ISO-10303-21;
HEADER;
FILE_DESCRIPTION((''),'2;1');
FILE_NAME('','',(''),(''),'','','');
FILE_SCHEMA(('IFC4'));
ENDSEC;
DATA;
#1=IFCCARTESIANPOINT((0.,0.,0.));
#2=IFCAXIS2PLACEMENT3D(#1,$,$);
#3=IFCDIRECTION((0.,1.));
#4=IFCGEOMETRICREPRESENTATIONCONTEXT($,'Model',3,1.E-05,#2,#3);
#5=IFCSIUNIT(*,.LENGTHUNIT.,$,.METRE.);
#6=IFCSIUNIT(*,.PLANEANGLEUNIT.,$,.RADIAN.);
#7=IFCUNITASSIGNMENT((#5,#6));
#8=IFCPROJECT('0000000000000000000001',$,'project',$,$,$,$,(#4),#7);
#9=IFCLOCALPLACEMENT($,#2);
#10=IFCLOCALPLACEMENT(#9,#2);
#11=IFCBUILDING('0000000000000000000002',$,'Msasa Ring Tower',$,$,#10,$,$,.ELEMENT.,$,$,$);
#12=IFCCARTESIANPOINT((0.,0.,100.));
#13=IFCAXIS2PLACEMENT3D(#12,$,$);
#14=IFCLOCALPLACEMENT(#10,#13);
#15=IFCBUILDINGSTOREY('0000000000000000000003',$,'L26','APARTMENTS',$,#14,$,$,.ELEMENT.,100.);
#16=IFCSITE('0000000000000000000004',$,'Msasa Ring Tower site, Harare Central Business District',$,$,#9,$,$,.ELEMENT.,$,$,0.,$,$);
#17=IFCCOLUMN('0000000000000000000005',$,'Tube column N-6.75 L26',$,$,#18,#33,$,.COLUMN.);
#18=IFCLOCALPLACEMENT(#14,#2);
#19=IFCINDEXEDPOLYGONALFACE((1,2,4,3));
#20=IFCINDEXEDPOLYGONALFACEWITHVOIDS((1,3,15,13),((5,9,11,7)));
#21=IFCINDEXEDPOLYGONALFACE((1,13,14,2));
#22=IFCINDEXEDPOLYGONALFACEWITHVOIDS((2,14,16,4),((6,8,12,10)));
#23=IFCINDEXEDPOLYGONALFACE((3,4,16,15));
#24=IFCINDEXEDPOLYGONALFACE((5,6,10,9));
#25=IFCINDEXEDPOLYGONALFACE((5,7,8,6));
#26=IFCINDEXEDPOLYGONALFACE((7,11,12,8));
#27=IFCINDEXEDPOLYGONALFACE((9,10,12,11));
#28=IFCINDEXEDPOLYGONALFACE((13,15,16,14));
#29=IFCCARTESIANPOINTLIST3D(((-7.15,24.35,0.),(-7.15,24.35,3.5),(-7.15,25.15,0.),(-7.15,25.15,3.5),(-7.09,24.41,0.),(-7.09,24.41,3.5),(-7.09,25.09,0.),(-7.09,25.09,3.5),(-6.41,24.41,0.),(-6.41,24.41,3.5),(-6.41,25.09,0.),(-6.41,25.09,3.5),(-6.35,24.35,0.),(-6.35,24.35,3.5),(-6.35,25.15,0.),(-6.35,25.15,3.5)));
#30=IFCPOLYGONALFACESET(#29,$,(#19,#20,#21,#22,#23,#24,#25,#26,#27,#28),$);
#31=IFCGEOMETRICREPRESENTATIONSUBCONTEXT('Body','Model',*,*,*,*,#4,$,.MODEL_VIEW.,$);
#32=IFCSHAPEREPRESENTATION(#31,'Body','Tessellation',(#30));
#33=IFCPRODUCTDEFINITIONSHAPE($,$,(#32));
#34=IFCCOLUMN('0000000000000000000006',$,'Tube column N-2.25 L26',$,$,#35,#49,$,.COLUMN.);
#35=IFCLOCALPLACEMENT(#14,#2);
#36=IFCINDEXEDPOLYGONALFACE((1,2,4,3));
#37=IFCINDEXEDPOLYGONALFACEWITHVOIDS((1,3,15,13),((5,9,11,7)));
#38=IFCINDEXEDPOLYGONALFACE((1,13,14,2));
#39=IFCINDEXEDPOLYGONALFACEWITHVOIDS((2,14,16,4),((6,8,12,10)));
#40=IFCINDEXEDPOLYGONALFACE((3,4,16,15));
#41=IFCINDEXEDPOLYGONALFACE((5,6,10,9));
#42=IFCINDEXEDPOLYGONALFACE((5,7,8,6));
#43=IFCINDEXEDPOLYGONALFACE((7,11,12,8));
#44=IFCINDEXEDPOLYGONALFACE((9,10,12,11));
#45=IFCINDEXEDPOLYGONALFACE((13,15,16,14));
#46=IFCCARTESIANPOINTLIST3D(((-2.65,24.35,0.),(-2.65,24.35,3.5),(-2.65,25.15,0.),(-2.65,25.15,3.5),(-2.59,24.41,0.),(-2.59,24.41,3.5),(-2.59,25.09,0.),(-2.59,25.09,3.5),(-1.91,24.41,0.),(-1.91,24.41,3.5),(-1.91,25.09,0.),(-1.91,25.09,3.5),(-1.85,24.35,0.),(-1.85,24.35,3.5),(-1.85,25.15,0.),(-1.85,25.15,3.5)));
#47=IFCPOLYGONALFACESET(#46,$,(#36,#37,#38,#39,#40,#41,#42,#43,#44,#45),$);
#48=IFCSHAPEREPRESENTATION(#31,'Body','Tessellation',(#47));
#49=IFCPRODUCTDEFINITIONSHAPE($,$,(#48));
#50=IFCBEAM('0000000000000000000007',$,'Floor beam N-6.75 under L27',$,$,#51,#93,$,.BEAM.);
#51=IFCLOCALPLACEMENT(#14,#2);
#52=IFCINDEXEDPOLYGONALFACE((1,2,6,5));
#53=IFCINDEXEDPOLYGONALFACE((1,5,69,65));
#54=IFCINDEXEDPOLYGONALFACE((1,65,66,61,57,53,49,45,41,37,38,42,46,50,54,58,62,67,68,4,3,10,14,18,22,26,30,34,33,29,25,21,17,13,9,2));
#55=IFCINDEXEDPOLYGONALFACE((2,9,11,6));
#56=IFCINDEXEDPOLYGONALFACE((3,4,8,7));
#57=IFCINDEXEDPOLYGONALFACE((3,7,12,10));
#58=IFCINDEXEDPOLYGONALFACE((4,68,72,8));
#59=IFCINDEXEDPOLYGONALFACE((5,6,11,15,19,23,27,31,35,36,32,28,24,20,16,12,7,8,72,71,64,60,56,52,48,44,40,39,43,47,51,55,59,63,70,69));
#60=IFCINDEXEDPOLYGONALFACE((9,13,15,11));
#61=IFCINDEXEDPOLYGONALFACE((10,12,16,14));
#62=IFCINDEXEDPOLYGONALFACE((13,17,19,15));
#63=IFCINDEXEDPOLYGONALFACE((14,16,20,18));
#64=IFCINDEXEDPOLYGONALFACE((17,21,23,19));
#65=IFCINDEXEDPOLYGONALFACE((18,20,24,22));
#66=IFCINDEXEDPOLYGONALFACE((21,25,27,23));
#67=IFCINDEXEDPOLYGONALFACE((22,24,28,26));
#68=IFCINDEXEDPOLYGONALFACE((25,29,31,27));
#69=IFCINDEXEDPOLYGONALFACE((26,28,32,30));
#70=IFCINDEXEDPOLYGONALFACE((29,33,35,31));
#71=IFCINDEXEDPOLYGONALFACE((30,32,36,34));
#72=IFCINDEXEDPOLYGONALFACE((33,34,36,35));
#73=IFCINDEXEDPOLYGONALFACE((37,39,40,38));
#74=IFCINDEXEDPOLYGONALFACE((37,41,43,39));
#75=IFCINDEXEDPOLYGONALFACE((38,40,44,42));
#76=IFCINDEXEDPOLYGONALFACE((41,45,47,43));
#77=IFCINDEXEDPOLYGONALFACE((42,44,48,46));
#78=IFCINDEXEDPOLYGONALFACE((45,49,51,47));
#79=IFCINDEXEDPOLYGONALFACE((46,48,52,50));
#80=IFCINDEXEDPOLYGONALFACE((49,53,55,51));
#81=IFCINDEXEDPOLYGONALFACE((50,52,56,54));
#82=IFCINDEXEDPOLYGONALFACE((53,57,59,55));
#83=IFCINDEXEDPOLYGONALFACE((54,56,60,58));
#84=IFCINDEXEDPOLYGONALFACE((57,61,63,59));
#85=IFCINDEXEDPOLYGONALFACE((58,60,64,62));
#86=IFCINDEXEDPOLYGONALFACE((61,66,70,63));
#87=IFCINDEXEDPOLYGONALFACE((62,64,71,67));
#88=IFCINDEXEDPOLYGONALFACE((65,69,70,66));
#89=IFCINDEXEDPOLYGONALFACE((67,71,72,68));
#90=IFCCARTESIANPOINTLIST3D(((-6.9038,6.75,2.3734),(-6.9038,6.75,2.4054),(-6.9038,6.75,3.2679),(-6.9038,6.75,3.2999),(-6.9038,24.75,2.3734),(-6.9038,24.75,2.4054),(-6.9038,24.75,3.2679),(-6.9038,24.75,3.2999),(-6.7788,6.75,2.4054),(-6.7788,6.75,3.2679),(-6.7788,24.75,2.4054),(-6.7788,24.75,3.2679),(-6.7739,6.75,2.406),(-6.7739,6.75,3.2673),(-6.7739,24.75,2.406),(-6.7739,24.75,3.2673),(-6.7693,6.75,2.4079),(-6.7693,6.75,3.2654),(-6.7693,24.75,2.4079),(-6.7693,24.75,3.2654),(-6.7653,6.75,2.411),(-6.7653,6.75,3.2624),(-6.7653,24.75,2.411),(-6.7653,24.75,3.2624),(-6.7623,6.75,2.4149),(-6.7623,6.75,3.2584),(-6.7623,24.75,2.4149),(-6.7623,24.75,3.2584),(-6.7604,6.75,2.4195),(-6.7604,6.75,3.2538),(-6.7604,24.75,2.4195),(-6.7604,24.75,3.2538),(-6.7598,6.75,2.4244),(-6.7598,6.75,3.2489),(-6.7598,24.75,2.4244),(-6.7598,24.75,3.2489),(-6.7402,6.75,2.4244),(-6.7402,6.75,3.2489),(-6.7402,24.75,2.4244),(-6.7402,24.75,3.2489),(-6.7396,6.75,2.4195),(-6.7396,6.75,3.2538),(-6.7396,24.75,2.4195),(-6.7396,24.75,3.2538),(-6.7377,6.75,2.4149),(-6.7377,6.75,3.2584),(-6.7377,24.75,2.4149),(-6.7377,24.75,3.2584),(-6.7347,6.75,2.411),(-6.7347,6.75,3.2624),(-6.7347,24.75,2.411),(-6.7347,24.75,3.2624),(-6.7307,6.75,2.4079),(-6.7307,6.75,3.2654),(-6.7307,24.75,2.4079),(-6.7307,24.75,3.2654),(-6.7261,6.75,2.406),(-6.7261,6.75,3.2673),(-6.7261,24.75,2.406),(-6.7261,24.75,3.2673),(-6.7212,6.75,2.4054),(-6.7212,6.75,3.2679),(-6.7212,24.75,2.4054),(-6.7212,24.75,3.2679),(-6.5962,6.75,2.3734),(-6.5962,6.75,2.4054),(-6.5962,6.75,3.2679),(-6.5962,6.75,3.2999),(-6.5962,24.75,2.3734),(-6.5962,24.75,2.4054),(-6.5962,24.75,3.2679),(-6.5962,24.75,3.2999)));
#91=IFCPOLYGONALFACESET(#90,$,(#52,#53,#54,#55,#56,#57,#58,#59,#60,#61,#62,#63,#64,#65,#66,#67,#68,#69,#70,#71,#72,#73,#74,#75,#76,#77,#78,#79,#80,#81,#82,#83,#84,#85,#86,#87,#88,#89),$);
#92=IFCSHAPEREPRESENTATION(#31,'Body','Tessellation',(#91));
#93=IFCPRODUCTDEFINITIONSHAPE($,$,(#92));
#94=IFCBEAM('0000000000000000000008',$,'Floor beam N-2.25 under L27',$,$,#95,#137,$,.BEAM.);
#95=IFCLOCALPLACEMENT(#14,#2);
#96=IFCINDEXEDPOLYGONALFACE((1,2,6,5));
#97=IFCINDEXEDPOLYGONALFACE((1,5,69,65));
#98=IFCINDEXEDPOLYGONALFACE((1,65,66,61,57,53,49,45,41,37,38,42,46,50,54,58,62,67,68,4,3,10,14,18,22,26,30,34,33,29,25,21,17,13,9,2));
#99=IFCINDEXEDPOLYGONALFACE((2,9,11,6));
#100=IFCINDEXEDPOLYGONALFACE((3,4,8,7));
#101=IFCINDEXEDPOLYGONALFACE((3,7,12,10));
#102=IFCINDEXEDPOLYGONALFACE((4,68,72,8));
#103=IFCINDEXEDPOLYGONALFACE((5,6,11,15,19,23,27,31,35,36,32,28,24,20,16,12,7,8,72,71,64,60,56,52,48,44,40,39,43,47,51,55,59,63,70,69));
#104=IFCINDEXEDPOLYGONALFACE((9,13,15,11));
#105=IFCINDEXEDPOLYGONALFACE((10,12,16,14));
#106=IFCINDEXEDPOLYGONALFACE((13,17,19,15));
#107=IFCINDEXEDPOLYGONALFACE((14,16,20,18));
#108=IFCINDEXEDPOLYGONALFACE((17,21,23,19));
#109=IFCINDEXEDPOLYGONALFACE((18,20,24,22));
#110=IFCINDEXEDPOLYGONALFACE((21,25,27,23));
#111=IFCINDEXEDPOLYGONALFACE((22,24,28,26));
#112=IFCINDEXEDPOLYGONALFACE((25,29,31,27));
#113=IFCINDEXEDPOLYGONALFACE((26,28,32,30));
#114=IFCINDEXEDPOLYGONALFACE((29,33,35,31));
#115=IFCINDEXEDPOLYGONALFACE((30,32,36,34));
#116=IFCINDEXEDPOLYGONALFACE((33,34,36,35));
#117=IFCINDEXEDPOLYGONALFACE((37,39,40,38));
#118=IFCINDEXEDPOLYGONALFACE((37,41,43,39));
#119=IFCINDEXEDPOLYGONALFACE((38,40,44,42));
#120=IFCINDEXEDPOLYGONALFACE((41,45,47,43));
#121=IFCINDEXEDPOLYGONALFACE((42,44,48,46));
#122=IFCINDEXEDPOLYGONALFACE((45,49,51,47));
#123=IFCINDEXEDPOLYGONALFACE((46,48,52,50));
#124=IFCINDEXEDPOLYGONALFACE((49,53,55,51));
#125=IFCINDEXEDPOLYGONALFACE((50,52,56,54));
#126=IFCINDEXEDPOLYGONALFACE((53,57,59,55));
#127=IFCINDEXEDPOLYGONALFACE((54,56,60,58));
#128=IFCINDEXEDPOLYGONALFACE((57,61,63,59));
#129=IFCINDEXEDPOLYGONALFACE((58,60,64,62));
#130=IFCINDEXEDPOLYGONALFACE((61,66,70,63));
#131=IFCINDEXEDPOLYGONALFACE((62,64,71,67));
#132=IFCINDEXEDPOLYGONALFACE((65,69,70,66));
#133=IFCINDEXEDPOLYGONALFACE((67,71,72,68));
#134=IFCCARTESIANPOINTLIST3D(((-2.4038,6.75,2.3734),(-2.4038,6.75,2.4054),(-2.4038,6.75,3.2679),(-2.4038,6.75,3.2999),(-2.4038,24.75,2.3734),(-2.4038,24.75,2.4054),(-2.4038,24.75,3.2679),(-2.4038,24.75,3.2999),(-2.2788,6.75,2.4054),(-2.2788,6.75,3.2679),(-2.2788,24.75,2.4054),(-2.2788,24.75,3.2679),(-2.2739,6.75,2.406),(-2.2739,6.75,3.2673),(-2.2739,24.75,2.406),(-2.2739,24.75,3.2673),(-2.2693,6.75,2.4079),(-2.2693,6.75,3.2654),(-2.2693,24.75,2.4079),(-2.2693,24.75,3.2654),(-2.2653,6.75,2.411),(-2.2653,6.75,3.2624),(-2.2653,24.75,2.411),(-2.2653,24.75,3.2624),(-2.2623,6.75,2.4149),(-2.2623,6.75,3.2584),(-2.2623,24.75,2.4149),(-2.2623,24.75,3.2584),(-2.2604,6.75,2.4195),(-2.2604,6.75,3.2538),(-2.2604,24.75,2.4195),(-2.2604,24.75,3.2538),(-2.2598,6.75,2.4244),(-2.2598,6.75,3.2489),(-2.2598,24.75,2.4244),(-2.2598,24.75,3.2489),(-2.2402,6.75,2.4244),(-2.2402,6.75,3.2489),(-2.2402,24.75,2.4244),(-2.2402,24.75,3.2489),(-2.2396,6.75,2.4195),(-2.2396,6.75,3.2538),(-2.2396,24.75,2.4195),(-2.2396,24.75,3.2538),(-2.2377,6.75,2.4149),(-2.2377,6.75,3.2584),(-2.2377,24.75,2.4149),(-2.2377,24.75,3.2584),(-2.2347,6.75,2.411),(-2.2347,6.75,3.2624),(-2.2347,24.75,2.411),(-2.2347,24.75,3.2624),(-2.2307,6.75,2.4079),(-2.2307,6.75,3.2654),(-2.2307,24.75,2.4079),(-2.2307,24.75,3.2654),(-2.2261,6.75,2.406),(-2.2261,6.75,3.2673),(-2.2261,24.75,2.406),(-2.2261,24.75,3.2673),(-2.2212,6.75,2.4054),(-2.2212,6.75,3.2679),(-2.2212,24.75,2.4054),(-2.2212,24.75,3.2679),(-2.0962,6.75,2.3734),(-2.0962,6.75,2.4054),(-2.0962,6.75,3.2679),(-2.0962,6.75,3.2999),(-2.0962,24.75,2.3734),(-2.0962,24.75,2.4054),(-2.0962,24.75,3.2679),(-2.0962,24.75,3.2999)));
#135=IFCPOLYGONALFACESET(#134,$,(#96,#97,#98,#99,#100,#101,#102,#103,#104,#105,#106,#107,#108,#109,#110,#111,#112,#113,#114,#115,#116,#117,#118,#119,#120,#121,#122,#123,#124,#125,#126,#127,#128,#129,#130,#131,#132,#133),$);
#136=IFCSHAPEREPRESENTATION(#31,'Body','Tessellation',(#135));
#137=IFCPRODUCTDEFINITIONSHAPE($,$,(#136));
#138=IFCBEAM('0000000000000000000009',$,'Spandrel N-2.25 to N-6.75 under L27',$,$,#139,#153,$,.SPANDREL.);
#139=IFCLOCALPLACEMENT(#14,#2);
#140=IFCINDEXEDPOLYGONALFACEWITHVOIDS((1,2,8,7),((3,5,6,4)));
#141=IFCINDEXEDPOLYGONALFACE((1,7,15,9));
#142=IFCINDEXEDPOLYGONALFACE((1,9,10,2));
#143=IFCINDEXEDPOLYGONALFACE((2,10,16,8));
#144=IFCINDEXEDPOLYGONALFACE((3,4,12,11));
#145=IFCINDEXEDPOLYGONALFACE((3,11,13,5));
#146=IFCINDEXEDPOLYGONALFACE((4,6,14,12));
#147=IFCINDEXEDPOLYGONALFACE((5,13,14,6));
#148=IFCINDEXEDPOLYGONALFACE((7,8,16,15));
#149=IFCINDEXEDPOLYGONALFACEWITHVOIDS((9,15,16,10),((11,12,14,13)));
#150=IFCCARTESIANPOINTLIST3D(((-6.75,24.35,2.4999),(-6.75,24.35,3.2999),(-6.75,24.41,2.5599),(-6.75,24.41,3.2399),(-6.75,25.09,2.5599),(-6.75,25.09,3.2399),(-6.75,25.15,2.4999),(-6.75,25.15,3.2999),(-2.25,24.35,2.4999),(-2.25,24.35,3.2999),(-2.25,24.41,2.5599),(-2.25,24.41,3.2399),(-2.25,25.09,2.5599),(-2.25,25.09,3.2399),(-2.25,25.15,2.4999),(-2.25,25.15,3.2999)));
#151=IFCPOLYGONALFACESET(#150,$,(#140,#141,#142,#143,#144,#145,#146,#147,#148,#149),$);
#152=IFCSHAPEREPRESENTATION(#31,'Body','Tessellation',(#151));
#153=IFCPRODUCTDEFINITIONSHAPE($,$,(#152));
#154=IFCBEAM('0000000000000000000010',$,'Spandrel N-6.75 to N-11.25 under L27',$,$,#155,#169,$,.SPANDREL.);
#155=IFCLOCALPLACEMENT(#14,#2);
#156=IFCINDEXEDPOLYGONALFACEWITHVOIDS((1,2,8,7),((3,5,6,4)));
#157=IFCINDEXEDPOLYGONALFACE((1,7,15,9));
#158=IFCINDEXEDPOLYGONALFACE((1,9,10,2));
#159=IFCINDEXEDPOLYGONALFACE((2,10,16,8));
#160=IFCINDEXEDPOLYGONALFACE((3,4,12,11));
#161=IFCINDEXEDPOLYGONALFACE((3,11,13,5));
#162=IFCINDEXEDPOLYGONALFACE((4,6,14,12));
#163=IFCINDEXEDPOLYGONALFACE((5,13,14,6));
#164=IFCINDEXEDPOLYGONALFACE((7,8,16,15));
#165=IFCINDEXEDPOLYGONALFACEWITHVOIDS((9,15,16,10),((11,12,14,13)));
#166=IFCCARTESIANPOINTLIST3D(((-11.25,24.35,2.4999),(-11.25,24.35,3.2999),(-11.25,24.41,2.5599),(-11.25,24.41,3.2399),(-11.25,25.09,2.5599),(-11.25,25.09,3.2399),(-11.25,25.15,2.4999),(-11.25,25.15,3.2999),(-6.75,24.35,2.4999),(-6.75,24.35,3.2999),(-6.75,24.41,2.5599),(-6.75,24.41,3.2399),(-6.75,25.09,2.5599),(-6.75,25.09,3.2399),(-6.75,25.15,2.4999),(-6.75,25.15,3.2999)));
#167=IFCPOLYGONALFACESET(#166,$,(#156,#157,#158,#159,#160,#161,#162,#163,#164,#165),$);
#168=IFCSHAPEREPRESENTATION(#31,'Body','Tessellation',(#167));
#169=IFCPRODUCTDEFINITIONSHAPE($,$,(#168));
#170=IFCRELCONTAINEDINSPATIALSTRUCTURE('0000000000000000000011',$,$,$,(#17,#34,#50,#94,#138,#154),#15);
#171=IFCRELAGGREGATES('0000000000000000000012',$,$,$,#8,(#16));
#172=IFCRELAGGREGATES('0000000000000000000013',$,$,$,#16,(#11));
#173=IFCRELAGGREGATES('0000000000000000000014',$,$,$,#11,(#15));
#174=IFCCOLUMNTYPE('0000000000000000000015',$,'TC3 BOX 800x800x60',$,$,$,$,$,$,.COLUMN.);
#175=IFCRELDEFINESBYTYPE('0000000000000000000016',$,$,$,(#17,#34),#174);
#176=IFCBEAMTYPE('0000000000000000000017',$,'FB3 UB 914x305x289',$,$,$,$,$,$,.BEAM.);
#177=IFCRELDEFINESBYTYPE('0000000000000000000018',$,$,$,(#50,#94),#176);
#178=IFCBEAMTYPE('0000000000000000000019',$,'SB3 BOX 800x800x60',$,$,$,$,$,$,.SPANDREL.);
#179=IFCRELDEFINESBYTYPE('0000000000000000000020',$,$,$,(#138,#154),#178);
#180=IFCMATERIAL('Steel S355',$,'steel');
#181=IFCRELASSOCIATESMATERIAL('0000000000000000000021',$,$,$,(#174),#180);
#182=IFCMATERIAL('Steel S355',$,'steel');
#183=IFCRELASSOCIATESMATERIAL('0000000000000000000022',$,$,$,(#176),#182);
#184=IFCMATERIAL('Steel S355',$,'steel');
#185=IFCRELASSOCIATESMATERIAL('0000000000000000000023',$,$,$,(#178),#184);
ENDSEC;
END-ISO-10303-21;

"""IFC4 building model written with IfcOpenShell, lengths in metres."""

from ifc_helpers import new_model, si_unit, direction, frame, origin, origin_2d, place, context, subcontext, project, spatial, hollow_rectangle, i_section, extrude, material, material_profile, profile_set, type_object, element, save


model = new_model("IFC4")

# Units and contexts
model_context = context("Model", 3, precision=1e-05, world=origin(), true_north=direction((0.0, 1.0)))
body_context = subcontext(model_context, "Body", "Model", "MODEL_VIEW")
ifc_project = project(units=[si_unit("LENGTHUNIT", "METRE"), si_unit("PLANEANGLEUNIT", "RADIAN")], contexts=[model_context])

# Site, building, storey
site_placement = place(None, origin())
site = spatial("IfcSite", under=ifc_project, at=site_placement, Name="Msasa Ring Tower site, Harare Central Business District", CompositionType="ELEMENT", RefElevation=0.0)
building_placement = place(site_placement, origin())
building = spatial("IfcBuilding", under=site, at=building_placement, Name="Msasa Ring Tower", CompositionType="ELEMENT")
storey_placement = place(building_placement, frame((0.0, 0.0, 100.0)))
storey = spatial("IfcBuildingStorey", under=building, at=storey_placement, Name="L26", Description="APARTMENTS", CompositionType="ELEMENT", Elevation=100.0)

# Columns
ifc_material_1 = material(Name="Steel S355", Category="steel")
ifc_material_profile_1 = material_profile(ifc_material_1, hollow_rectangle(XDim=0.8, YDim=0.8, WallThickness=0.0601, at=origin_2d()), Name="BOX 800x800x60")
ifc_profile_set_1 = profile_set([ifc_material_profile_1], Name="Steel S355")
column_type = type_object("IfcColumnType", Name="TC3 BOX 800x800x60", PredefinedType="COLUMN", material=ifc_profile_set_1)
for number, where, z_axis, x_axis, name in (
    (1, (-6.75, 24.75, 0.0), (0.0, 0.0, 1.0), (0.0, 1.0, 0.0), "Tube column N-6.75 L26"),
    (2, (-2.25, 24.75, 0.0), (0.0, 0.0, 1.0), (0.0, 1.0, 0.0), "Tube column N-2.25 L26"),
):
    element("IfcColumn", number, at=place(storey_placement, frame(where, z_axis=z_axis, x_axis=x_axis)), inside=storey, type_object=column_type, Name=name, PredefinedType="COLUMN", context=body_context, shape_type="SweptSolid", body=[
        extrude(hollow_rectangle(XDim=0.8, YDim=0.8, WallThickness=0.0601, at=origin_2d()), origin(), (0.0, 0.0, 1.0), 3.5),
    ])

# Beams
ifc_material_2 = material(Name="Steel S355", Category="steel")
ifc_material_profile_2 = material_profile(ifc_material_2, i_section(OverallWidth=0.3076, OverallDepth=0.9265, WebThickness=0.0195, FlangeThickness=0.032, FilletRadius=0.019, at=origin_2d()), Name="UB 914x305x289")
ifc_profile_set_2 = profile_set([ifc_material_profile_2], Name="Steel S355")
beam_type_1 = type_object("IfcBeamType", Name="FB3 UB 914x305x289", PredefinedType="BEAM", material=ifc_profile_set_2)
for number, where, z_axis, x_axis, name in (
    (3, (-6.75, 24.75, 2.8367), (0.0, -1.0, 0.0), (1.0, 0.0, 0.0), "Floor beam N-6.75 under L27"),
    (4, (-2.25, 24.75, 2.8367), (0.0, -1.0, 0.0), (1.0, 0.0, 0.0), "Floor beam N-2.25 under L27"),
):
    element("IfcBeam", number, at=place(storey_placement, frame(where, z_axis=z_axis, x_axis=x_axis)), inside=storey, type_object=beam_type_1, Name=name, PredefinedType="BEAM", context=body_context, shape_type="SweptSolid", body=[
        extrude(i_section(OverallWidth=0.3076, OverallDepth=0.9265, WebThickness=0.0195, FlangeThickness=0.032, FilletRadius=0.019, at=origin_2d()), origin(), (0.0, 0.0, 1.0), 18.0),
    ])
ifc_material_3 = material(Name="Steel S355", Category="steel")
ifc_material_profile_3 = material_profile(ifc_material_3, hollow_rectangle(XDim=0.8, YDim=0.8, WallThickness=0.0601, at=origin_2d()), Name="BOX 800x800x60")
ifc_profile_set_3 = profile_set([ifc_material_profile_3], Name="Steel S355")
beam_type_2 = type_object("IfcBeamType", Name="SB3 BOX 800x800x60", PredefinedType="SPANDREL", material=ifc_profile_set_3)
for number, where, z_axis, x_axis, name in (
    (5, (-2.25, 24.75, 2.8999), (-1.0, 0.0, 0.0), (0.0, -1.0, 0.0), "Spandrel N-2.25 to N-6.75 under L27"),
    (6, (-6.75, 24.75, 2.8999), (-1.0, 0.0, 0.0), (0.0, -1.0, 0.0), "Spandrel N-6.75 to N-11.25 under L27"),
):
    element("IfcBeam", number, at=place(storey_placement, frame(where, z_axis=z_axis, x_axis=x_axis)), inside=storey, type_object=beam_type_2, Name=name, PredefinedType="SPANDREL", context=body_context, shape_type="SweptSolid", body=[
        extrude(hollow_rectangle(XDim=0.8, YDim=0.8, WallThickness=0.0601, at=origin_2d()), origin(), (0.0, 0.0, 1.0), 4.5),
    ])

save(model, "model.ifc")
